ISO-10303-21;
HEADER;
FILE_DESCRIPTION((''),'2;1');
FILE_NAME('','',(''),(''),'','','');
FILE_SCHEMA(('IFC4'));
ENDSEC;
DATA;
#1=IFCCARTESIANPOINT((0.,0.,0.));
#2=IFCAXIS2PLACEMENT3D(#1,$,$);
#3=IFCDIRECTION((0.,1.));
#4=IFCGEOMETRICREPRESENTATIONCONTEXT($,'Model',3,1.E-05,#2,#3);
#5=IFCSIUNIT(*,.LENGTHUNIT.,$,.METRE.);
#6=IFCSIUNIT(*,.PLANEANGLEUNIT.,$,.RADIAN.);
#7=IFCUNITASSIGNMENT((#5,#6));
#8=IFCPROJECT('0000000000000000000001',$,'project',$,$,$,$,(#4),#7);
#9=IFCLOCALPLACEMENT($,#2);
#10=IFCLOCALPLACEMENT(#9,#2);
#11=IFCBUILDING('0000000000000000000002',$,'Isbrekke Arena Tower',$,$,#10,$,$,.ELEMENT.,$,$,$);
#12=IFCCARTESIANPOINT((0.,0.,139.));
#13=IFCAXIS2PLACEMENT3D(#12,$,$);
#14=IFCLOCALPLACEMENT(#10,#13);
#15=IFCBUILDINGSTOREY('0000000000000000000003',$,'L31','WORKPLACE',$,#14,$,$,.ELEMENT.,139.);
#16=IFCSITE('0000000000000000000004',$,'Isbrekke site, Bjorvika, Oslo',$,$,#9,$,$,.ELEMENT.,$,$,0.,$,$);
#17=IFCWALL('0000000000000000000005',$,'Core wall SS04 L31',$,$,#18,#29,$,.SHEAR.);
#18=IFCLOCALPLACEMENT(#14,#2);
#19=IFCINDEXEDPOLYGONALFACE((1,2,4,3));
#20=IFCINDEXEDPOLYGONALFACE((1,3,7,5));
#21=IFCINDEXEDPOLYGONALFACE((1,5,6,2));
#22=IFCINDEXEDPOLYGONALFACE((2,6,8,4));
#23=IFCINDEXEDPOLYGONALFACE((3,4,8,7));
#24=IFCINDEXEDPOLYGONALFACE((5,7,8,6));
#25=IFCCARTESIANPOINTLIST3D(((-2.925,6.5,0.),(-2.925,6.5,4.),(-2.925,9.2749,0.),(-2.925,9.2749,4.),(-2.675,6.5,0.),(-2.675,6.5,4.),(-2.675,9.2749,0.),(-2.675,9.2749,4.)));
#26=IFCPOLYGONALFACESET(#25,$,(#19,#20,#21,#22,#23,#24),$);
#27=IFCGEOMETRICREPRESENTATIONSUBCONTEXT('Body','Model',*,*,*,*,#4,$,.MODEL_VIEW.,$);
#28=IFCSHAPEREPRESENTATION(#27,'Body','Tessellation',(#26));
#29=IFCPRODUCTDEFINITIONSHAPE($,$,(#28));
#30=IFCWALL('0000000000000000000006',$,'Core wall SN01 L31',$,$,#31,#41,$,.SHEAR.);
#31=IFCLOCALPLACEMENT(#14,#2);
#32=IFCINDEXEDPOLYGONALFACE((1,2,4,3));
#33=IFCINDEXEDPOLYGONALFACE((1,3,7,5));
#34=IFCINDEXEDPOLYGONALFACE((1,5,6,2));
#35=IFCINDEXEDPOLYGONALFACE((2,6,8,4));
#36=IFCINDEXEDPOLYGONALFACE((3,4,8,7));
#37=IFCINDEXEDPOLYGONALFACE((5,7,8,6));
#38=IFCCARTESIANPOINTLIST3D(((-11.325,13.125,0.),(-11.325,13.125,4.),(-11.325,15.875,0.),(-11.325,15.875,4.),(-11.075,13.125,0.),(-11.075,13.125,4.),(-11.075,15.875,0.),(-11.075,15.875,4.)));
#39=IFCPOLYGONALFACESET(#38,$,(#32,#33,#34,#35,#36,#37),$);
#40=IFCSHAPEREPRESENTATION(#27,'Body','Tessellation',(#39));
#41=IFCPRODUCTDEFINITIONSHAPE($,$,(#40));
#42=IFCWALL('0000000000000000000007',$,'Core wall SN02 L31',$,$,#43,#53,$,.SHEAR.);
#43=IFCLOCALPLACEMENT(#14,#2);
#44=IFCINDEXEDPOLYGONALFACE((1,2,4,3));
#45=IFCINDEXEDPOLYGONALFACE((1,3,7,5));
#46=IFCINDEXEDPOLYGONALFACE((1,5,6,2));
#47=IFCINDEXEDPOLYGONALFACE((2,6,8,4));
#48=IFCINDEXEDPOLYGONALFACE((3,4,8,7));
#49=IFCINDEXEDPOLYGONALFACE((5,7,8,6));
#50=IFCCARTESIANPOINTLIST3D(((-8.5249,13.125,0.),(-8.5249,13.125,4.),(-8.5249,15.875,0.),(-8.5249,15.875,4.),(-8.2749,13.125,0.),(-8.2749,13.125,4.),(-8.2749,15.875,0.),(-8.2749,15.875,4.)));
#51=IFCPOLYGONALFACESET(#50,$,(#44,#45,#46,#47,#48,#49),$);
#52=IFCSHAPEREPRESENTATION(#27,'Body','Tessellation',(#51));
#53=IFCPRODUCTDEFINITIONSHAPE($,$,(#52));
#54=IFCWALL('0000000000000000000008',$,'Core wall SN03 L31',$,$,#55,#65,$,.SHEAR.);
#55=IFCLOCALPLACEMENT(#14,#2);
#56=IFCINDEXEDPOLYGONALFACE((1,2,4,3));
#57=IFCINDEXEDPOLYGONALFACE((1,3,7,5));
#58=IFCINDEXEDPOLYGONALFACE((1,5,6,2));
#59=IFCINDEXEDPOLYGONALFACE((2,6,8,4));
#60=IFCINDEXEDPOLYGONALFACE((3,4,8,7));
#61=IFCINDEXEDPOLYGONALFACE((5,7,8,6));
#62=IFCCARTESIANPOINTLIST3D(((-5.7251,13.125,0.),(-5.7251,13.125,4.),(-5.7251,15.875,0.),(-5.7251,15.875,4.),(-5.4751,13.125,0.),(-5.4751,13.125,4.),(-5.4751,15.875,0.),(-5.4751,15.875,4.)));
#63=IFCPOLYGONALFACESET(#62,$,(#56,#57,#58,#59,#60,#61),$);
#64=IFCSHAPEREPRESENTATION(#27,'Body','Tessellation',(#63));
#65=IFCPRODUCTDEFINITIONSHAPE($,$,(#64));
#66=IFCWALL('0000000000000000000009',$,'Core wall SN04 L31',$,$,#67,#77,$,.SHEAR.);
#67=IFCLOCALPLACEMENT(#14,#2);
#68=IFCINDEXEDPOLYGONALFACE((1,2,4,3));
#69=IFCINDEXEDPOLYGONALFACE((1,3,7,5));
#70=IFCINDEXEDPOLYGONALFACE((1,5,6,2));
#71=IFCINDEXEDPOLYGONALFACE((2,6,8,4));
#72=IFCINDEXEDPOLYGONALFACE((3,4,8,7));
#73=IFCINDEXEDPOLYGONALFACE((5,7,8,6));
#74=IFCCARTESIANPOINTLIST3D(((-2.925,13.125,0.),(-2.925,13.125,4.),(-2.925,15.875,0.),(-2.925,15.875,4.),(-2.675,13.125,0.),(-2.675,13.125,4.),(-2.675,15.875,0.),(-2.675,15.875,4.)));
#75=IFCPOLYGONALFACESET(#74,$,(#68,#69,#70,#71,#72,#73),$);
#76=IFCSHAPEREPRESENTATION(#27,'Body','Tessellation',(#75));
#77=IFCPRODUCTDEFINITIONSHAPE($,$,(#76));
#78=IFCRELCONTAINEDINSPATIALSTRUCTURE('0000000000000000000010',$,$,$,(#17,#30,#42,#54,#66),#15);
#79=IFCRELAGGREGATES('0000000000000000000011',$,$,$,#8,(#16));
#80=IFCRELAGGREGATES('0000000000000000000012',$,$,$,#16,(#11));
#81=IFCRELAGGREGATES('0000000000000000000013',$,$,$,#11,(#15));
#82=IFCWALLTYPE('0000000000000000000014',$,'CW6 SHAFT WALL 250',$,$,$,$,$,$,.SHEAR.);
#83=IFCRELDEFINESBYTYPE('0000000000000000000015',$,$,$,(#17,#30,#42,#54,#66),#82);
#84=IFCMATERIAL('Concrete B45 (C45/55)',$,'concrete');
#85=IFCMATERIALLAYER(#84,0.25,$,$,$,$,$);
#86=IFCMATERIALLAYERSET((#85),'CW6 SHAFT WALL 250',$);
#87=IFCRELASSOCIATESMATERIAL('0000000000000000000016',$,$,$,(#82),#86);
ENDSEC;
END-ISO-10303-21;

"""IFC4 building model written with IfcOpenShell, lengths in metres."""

from ifc_helpers import new_model, si_unit, direction, frame, frame_2d, origin, place, context, subcontext, project, spatial, rectangle, extrude, material, layer, layer_set, type_object, element, save


model = new_model("IFC4")

# Units and contexts
model_context = context("Model", 3, precision=1e-05, world=origin(), true_north=direction((0.0, 1.0)))
body_context = subcontext(model_context, "Body", "Model", "MODEL_VIEW")
ifc_project = project(units=[si_unit("LENGTHUNIT", "METRE"), si_unit("PLANEANGLEUNIT", "RADIAN")], contexts=[model_context])

# Site, building, storey
site_placement = place(None, origin())
site = spatial("IfcSite", under=ifc_project, at=site_placement, Name="Isbrekke site, Bjorvika, Oslo", CompositionType="ELEMENT", RefElevation=0.0)
building_placement = place(site_placement, origin())
building = spatial("IfcBuilding", under=site, at=building_placement, Name="Isbrekke Arena Tower", CompositionType="ELEMENT")
storey_placement = place(building_placement, frame((0.0, 0.0, 139.0)))
storey = spatial("IfcBuildingStorey", under=building, at=storey_placement, Name="L31", Description="WORKPLACE", CompositionType="ELEMENT", Elevation=139.0)

# Shared definitions
ifc_material_1 = material(Name="Concrete B45 (C45/55)", Category="concrete")
ifc_layer_1 = layer(ifc_material_1, 0.25)
ifc_layer_set_1 = layer_set([ifc_layer_1], Name="CW6 SHAFT WALL 250")
wall_type_1 = type_object("IfcWallType", Name="CW6 SHAFT WALL 250", PredefinedType="SHEAR", material=ifc_layer_set_1)

# Walls
for number, where, z_axis, x_axis, name in (
    (1, (-2.8, 6.5, 0.0), (0.0, 0.0, 1.0), (0.0, 1.0, 0.0), "Core wall SS04 L31"),
):
    element("IfcWall", number, at=place(storey_placement, frame(where, z_axis=z_axis, x_axis=x_axis)), inside=storey, type_object=wall_type_1, Name=name, PredefinedType="SHEAR", context=body_context, shape_type="SweptSolid", body=[
        extrude(rectangle(XDim=2.7749, YDim=0.25, at=frame_2d((1.3875, 0.0))), origin(), (0.0, 0.0, 1.0), 4.0),
    ])
for number, where, z_axis, x_axis, name in (
    (2, (-11.2, 13.125, 0.0), (0.0, 0.0, 1.0), (0.0, 1.0, 0.0), "Core wall SN01 L31"),
    (3, (-8.3999, 13.125, 0.0), (0.0, 0.0, 1.0), (0.0, 1.0, 0.0), "Core wall SN02 L31"),
    (4, (-5.6001, 13.125, 0.0), (0.0, 0.0, 1.0), (0.0, 1.0, 0.0), "Core wall SN03 L31"),
    (5, (-2.8, 13.125, 0.0), (0.0, 0.0, 1.0), (0.0, 1.0, 0.0), "Core wall SN04 L31"),
):
    element("IfcWall", number, at=place(storey_placement, frame(where, z_axis=z_axis, x_axis=x_axis)), inside=storey, type_object=wall_type_1, Name=name, PredefinedType="SHEAR", context=body_context, shape_type="SweptSolid", body=[
        extrude(rectangle(XDim=2.75, YDim=0.25, at=frame_2d((1.375, 0.0))), origin(), (0.0, 0.0, 1.0), 4.0),
    ])

save(model, "model.ifc")
